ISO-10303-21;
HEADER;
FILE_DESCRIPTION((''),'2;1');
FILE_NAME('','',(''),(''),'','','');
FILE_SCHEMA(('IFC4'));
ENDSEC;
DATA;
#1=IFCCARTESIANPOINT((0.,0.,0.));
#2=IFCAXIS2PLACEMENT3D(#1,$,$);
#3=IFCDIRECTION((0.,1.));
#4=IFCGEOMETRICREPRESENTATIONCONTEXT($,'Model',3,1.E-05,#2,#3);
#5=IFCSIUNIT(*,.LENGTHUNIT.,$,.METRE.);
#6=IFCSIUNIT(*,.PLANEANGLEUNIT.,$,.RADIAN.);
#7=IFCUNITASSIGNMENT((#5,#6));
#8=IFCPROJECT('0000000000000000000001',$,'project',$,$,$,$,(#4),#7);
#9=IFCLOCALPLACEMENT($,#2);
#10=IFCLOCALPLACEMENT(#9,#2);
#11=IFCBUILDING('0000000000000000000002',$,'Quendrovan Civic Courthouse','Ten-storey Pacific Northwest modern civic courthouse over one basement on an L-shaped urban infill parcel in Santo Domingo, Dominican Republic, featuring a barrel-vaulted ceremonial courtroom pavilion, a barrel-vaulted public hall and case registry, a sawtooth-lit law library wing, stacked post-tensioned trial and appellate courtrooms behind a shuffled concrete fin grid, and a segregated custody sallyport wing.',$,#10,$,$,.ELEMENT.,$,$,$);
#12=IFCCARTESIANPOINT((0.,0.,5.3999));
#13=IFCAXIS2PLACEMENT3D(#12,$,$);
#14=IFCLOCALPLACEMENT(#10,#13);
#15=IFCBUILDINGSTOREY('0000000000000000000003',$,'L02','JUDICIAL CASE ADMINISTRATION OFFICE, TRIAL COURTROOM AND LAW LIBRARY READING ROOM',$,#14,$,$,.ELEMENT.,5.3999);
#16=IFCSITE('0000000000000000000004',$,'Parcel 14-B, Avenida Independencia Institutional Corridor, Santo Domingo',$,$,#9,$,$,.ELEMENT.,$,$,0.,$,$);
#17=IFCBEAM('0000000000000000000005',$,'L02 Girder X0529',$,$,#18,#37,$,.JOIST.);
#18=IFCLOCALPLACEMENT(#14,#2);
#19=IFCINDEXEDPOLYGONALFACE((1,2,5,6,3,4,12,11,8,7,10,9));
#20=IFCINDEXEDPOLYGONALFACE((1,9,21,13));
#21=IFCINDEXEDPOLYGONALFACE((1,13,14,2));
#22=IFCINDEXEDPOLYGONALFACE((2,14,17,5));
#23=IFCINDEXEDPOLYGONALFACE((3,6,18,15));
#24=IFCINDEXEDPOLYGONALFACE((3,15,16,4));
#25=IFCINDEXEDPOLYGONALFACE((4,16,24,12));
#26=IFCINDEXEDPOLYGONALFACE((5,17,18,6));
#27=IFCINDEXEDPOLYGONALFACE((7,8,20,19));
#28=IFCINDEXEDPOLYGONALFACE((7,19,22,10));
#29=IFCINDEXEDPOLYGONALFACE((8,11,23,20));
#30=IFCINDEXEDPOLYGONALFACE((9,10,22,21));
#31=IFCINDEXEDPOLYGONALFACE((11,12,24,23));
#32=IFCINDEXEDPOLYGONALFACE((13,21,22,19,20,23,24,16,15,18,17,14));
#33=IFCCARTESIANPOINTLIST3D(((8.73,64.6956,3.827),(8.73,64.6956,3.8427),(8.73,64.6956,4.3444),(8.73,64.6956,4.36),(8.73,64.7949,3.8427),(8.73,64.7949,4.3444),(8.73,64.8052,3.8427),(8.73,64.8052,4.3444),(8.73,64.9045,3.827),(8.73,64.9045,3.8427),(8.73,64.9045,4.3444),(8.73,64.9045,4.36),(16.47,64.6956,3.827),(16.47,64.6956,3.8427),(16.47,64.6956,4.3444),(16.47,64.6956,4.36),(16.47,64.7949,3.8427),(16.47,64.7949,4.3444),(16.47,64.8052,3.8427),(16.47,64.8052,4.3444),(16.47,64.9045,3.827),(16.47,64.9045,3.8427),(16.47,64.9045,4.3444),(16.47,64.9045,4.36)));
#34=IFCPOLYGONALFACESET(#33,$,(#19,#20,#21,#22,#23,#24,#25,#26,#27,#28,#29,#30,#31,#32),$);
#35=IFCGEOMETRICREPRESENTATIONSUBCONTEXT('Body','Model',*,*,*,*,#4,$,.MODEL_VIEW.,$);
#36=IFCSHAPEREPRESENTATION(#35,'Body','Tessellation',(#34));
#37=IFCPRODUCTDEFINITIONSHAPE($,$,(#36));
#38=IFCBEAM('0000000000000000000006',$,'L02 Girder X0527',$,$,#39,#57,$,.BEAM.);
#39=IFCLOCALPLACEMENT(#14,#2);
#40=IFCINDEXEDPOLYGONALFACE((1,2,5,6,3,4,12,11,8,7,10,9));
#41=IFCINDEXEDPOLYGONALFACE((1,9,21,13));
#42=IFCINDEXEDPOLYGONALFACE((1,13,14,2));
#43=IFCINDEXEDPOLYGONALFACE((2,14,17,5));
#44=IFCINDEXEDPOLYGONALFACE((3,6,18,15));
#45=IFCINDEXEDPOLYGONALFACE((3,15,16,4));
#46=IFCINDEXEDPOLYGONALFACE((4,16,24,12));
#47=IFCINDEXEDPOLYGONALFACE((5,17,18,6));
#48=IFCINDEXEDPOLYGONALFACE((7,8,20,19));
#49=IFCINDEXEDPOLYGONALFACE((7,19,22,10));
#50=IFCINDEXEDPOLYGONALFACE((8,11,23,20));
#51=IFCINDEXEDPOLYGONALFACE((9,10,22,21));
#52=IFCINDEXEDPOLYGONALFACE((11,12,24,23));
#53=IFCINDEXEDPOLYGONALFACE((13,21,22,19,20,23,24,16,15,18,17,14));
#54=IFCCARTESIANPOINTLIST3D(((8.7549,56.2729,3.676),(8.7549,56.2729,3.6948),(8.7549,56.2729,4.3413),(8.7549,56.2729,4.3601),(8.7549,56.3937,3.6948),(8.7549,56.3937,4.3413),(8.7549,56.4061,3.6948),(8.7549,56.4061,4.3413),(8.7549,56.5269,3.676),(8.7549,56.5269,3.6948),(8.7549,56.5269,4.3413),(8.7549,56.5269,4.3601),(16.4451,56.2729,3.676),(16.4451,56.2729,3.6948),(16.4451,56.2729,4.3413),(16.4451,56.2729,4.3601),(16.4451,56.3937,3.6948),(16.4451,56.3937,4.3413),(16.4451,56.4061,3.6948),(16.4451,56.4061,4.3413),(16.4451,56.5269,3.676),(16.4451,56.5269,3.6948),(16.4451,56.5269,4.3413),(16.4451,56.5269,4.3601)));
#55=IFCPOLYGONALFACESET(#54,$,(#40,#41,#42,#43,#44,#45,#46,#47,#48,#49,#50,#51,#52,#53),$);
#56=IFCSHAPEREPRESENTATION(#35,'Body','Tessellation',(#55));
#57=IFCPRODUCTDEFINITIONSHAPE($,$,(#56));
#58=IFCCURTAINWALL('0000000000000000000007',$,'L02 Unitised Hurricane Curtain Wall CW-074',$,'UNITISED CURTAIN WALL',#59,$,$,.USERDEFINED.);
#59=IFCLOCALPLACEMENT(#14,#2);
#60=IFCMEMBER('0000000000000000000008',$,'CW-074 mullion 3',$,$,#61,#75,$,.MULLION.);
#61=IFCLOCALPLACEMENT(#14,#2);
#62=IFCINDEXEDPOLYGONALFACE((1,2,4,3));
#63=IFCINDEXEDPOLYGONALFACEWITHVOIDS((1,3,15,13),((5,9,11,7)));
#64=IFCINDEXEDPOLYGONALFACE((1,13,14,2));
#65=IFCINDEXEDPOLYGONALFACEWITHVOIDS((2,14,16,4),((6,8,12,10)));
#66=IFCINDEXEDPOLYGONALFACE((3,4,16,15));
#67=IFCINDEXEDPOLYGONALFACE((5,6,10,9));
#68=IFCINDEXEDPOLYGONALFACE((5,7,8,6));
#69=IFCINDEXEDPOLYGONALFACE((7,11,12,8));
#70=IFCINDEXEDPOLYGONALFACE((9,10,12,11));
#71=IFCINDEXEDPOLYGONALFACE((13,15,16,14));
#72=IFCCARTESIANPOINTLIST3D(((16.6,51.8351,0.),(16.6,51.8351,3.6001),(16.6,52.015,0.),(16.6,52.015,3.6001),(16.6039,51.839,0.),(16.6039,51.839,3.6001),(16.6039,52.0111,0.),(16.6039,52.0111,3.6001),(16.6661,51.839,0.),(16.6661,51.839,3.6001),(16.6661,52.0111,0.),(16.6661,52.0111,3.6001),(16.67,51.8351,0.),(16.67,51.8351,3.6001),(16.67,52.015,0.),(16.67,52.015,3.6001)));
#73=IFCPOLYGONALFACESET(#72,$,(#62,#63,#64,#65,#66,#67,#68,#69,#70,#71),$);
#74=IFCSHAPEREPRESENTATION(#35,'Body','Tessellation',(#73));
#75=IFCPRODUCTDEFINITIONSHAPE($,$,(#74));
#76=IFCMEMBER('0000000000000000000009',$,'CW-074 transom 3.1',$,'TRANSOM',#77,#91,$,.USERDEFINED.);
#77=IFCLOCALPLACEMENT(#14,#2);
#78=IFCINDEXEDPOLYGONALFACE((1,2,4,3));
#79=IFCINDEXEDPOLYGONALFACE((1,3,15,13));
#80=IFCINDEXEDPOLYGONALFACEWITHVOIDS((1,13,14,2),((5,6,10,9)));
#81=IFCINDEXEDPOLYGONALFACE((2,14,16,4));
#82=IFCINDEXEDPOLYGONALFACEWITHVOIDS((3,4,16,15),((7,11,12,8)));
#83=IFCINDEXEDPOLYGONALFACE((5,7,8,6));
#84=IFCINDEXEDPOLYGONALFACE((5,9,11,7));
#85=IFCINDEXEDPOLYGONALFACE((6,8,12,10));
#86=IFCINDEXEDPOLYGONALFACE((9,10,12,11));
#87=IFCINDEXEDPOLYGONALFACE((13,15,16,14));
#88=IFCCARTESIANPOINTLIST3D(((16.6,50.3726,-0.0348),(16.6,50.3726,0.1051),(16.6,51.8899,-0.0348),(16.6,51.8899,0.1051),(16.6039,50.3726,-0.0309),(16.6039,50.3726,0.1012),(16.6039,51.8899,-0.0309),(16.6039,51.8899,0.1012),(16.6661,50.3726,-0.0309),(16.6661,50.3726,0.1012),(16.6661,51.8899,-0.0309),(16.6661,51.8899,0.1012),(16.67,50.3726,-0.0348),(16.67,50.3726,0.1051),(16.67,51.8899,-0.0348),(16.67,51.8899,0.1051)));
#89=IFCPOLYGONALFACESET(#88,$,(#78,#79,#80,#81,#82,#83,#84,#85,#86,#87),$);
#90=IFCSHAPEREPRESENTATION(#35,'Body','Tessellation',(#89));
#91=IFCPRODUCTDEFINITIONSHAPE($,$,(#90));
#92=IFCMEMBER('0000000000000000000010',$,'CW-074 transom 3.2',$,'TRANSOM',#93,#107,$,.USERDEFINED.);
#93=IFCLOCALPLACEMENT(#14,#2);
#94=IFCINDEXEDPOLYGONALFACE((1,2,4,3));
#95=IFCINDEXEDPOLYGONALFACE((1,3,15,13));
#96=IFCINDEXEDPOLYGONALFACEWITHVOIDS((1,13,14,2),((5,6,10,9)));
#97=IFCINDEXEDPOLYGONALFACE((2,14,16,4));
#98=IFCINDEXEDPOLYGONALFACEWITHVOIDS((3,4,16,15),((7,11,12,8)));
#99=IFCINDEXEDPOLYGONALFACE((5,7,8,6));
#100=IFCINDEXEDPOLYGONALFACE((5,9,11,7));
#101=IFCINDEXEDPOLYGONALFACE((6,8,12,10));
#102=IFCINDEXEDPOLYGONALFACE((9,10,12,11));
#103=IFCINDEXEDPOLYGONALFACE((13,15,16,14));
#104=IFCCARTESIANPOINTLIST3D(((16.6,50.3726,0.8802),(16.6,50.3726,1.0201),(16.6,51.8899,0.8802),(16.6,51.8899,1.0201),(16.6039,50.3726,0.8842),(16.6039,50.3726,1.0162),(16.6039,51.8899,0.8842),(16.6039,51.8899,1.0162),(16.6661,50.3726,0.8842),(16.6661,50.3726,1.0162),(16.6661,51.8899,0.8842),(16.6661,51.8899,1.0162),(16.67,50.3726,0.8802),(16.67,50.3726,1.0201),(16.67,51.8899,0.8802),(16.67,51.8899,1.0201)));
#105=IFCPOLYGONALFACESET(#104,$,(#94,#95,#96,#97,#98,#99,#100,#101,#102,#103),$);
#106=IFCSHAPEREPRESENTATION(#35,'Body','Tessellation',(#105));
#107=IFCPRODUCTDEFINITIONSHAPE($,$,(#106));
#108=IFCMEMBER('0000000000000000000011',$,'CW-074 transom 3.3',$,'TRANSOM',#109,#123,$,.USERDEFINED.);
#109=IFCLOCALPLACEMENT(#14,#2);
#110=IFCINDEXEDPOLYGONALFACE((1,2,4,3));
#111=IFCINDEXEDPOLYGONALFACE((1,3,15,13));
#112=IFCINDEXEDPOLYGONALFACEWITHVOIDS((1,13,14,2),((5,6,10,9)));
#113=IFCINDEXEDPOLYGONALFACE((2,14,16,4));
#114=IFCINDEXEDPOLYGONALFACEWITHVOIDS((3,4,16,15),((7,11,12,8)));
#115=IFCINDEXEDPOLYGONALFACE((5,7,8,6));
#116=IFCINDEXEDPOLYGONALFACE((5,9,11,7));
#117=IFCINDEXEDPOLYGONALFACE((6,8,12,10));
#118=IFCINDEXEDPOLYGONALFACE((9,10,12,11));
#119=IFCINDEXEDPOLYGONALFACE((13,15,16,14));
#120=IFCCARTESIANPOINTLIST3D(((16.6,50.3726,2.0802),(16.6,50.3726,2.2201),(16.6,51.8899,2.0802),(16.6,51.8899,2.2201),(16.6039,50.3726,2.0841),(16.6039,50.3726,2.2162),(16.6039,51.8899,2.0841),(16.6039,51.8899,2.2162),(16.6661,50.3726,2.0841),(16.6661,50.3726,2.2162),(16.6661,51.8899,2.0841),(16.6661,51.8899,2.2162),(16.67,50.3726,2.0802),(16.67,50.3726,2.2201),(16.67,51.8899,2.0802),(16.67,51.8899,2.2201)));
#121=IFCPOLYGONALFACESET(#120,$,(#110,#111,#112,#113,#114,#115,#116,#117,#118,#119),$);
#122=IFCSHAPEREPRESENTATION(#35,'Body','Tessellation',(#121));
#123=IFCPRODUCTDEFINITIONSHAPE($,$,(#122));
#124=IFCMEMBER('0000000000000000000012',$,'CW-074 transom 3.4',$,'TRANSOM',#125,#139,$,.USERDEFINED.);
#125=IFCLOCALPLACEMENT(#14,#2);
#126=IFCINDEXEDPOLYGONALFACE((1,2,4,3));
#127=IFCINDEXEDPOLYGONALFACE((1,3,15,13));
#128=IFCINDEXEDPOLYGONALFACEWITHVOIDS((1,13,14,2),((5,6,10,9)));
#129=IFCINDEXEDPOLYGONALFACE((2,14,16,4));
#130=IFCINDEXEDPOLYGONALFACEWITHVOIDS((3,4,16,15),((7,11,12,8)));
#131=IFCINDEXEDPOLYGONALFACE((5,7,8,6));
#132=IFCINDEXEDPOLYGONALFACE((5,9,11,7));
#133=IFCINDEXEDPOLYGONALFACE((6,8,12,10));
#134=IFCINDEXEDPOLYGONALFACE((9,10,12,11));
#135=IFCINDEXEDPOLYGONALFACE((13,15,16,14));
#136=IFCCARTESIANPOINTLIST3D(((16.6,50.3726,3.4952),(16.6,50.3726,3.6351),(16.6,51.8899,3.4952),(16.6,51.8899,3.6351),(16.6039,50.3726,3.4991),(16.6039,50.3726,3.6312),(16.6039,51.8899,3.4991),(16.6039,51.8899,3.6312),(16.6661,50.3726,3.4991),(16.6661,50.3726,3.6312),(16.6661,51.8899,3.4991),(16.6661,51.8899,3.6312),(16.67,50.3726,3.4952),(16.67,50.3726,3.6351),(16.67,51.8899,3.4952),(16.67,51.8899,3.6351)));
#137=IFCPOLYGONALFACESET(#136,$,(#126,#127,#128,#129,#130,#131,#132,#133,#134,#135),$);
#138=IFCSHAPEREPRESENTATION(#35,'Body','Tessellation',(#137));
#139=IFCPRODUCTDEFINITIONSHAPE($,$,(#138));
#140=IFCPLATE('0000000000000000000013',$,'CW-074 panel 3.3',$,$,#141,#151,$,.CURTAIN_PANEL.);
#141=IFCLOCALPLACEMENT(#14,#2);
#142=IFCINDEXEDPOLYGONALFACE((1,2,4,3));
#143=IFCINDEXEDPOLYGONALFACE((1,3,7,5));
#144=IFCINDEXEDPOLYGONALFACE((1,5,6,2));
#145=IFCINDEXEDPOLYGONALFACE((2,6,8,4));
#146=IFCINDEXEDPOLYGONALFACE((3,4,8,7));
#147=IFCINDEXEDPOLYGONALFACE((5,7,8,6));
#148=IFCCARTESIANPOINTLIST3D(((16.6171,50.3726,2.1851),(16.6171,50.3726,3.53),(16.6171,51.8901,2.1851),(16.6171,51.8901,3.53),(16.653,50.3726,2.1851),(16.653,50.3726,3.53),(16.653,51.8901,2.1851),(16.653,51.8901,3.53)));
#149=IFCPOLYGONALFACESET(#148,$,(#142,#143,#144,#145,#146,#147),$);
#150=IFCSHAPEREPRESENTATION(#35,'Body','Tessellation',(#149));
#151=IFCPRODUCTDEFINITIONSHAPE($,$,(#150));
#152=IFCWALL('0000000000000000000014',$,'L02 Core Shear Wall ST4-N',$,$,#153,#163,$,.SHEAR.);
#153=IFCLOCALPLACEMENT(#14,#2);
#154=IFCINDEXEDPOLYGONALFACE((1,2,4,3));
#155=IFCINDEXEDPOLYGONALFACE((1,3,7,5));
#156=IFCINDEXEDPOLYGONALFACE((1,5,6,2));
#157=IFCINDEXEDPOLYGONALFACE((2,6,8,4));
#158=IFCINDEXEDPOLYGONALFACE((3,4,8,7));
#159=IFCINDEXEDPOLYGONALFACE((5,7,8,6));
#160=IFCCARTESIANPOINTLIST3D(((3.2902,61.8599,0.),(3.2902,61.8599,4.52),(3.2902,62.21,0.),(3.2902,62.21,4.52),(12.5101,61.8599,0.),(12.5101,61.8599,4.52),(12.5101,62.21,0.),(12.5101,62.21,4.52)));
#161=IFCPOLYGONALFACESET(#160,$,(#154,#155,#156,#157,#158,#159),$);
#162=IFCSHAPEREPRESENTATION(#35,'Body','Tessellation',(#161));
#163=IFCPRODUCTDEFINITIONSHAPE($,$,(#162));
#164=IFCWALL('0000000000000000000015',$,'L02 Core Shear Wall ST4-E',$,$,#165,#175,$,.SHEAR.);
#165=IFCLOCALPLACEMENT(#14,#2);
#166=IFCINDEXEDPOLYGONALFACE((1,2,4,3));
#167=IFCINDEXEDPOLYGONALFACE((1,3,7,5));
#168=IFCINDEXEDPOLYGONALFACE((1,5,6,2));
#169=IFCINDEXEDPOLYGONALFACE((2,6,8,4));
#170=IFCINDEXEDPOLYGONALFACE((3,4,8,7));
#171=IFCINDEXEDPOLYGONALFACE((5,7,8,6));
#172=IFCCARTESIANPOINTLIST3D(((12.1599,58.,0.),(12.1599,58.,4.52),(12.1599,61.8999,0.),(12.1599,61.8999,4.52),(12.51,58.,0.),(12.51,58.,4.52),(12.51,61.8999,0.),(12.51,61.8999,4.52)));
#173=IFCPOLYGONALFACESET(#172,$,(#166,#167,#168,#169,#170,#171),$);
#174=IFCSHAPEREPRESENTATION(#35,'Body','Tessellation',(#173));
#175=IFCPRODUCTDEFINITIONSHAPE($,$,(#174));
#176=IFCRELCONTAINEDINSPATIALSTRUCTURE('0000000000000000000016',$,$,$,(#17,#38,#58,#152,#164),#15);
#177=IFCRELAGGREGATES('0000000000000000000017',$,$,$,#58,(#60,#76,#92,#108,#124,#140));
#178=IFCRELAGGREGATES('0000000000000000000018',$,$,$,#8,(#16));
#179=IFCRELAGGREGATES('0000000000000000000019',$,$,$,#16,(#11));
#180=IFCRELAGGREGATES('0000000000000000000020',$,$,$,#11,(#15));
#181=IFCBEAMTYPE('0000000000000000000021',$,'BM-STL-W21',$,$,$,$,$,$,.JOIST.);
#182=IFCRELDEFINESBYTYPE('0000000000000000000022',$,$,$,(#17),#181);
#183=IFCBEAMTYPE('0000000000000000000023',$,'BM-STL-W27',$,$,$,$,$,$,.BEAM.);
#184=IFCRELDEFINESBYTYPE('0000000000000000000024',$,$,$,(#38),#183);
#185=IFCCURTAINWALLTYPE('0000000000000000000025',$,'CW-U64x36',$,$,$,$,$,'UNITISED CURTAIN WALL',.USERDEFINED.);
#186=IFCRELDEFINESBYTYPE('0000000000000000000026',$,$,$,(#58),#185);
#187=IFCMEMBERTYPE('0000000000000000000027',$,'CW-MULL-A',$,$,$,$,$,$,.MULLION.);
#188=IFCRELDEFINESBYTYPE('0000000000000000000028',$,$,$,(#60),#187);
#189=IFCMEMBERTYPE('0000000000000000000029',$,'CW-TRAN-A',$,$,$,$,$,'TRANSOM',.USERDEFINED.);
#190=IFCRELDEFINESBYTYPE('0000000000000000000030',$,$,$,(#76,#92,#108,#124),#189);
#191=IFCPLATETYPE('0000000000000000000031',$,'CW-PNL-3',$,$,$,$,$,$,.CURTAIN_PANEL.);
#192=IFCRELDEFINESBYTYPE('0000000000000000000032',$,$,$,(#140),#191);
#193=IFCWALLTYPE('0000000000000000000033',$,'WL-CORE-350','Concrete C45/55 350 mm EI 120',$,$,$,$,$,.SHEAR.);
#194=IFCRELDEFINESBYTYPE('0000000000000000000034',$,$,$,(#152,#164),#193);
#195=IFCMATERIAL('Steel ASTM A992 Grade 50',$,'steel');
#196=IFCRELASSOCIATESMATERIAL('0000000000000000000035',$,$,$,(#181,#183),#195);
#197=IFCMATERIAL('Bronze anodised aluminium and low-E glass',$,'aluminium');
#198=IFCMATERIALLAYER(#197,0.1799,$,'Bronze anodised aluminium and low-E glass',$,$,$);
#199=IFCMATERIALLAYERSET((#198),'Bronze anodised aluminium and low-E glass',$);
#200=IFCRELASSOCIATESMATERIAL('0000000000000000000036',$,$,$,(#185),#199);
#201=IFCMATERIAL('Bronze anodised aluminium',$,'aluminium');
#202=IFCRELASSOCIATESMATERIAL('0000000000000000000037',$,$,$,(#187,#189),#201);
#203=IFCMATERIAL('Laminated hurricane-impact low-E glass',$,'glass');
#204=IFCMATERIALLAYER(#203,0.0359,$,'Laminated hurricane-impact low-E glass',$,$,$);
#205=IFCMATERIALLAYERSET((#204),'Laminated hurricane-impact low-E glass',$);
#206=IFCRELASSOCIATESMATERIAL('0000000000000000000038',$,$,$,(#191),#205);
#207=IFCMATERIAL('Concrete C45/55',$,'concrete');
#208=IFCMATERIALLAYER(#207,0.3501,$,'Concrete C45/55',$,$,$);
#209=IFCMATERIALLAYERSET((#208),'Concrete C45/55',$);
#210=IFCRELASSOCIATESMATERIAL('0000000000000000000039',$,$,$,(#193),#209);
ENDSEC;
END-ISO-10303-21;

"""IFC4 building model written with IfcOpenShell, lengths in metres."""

from ifc_helpers import new_model, si_unit, direction, frame, frame_2d, origin, origin_2d, place, context, subcontext, project, spatial, rectangle, hollow_rectangle, i_section, extrude, material, layer, layer_set, material_profile, profile_set, type_object, element, aggregate, save


model = new_model("IFC4")

# Units and contexts
model_context = context("Model", 3, precision=1e-05, world=origin(), true_north=direction((0.0, 1.0)))
body_context = subcontext(model_context, "Body", "Model", "MODEL_VIEW")
ifc_project = project(units=[si_unit("LENGTHUNIT", "METRE"), si_unit("PLANEANGLEUNIT", "RADIAN")], contexts=[model_context])

# Site, building, storey
site_placement = place(None, origin())
site = spatial("IfcSite", under=ifc_project, at=site_placement, Name="Parcel 14-B, Avenida Independencia Institutional Corridor, Santo Domingo", CompositionType="ELEMENT", RefElevation=0.0)
building_placement = place(site_placement, origin())
building = spatial("IfcBuilding", under=site, at=building_placement, Name="Quendrovan Civic Courthouse", Description="Ten-storey Pacific Northwest modern civic courthouse over one basement on an L-shaped urban infill parcel in Santo Domingo, Dominican Republic, featuring a barrel-vaulted ceremonial courtroom pavilion, a barrel-vaulted public hall and case registry, a sawtooth-lit law library wing, stacked post-tensioned trial and appellate courtrooms behind a shuffled concrete fin grid, and a segregated custody sallyport wing.", CompositionType="ELEMENT")
storey_placement = place(building_placement, frame((0.0, 0.0, 5.3999)))
storey = spatial("IfcBuildingStorey", under=building, at=storey_placement, Name="L02", Description="JUDICIAL CASE ADMINISTRATION OFFICE, TRIAL COURTROOM AND LAW LIBRARY READING ROOM", CompositionType="ELEMENT", Elevation=5.3999)

# Beams
ifc_material_1 = material(Name="Steel ASTM A992 Grade 50", Category="steel")
ifc_material_profile_1 = material_profile(ifc_material_1, i_section(OverallWidth=0.209, OverallDepth=0.533, WebThickness=0.0103, FlangeThickness=0.0156, at=origin_2d()), Name="W21X62")
ifc_profile_set_1 = profile_set([ifc_material_profile_1], Name="Steel ASTM A992 Grade 50")
beam_type_1 = type_object("IfcBeamType", Name="BM-STL-W21", PredefinedType="JOIST", material=ifc_profile_set_1)
beam_1_placement = place(storey_placement, frame((8.73, 64.8, 4.0935), z_axis=(1.0, 0.0, 0.0), x_axis=(0.0, 1.0, 0.0)))
element("IfcBeam", 1, at=beam_1_placement, inside=storey, type_object=beam_type_1, Name="L02 Girder X0529", PredefinedType="JOIST", context=body_context, shape_type="SweptSolid", body=[
    extrude(i_section(OverallWidth=0.209, OverallDepth=0.533, WebThickness=0.0103, FlangeThickness=0.0156, at=origin_2d()), origin(), (0.0, 0.0, 1.0), 7.74),
])
ifc_material_profile_2 = material_profile(ifc_material_1, i_section(OverallWidth=0.2539, OverallDepth=0.6841, WebThickness=0.0125, FlangeThickness=0.0188, at=origin_2d()), Name="W27X94")
ifc_profile_set_2 = profile_set([ifc_material_profile_2], Name="Steel ASTM A992 Grade 50")
beam_type_2 = type_object("IfcBeamType", Name="BM-STL-W27", PredefinedType="BEAM", material=ifc_profile_set_2)
beam_2_placement = place(storey_placement, frame((8.7549, 56.3999, 4.0181), z_axis=(1.0, 0.0, 0.0), x_axis=(0.0, 1.0, 0.0)))
element("IfcBeam", 2, at=beam_2_placement, inside=storey, type_object=beam_type_2, Name="L02 Girder X0527", PredefinedType="BEAM", context=body_context, shape_type="SweptSolid", body=[
    extrude(i_section(OverallWidth=0.2539, OverallDepth=0.6841, WebThickness=0.0125, FlangeThickness=0.0188, at=origin_2d()), origin(), (0.0, 0.0, 1.0), 7.6902),
])

# Curtain wall, members, plate
ifc_material_2 = material(Name="Bronze anodised aluminium and low-E glass", Category="aluminium")
ifc_layer_1 = layer(ifc_material_2, 0.1799, Name="Bronze anodised aluminium and low-E glass")
ifc_layer_set_1 = layer_set([ifc_layer_1], Name="Bronze anodised aluminium and low-E glass")
curtain_wall_type = type_object("IfcCurtainWallType", Name="CW-U64x36", ElementType="UNITISED CURTAIN WALL", PredefinedType="USERDEFINED", material=ifc_layer_set_1)
curtain_wall_placement = place(storey_placement, origin())
curtain_wall = element("IfcCurtainWall", 3, at=curtain_wall_placement, inside=storey, type_object=curtain_wall_type, Name="L02 Unitised Hurricane Curtain Wall CW-074", ObjectType="UNITISED CURTAIN WALL", PredefinedType="USERDEFINED")
ifc_material_3 = material(Name="Bronze anodised aluminium", Category="aluminium")
ifc_material_profile_3 = material_profile(ifc_material_3, hollow_rectangle(XDim=0.0701, YDim=0.1799, WallThickness=0.0039, at=origin_2d()), Name="CW-MULL-70x180")
ifc_profile_set_3 = profile_set([ifc_material_profile_3], Name="Bronze anodised aluminium")
member_type_1 = type_object("IfcMemberType", Name="CW-MULL-A", PredefinedType="MULLION", material=ifc_profile_set_3)
member_1_placement = place(storey_placement, frame((16.635, 51.925, 0.0), z_axis=(0.0, 0.0, 1.0), x_axis=(1.0, 0.0, 0.0)))
member_1 = element("IfcMember", 4, at=member_1_placement, type_object=member_type_1, Name="CW-074 mullion 3", PredefinedType="MULLION", context=body_context, shape_type="SweptSolid", body=[
    extrude(hollow_rectangle(XDim=0.0701, YDim=0.1799, WallThickness=0.0039, at=origin_2d()), origin(), (0.0, 0.0, 1.0), 3.6001),
])
ifc_material_profile_4 = material_profile(ifc_material_3, hollow_rectangle(XDim=0.0701, YDim=0.1399, WallThickness=0.0039, at=origin_2d()), Name="CW-TRAN-70x140")
ifc_profile_set_4 = profile_set([ifc_material_profile_4], Name="Bronze anodised aluminium")
member_type_2 = type_object("IfcMemberType", Name="CW-TRAN-A", ElementType="TRANSOM", PredefinedType="USERDEFINED", material=ifc_profile_set_4)
member_2_placement = place(storey_placement, frame((16.635, 51.8899, 0.0352), z_axis=(0.0, -1.0, 0.0), x_axis=(1.0, 0.0, 0.0)))
member_2 = element("IfcMember", 5, at=member_2_placement, type_object=member_type_2, Name="CW-074 transom 3.1", ObjectType="TRANSOM", PredefinedType="USERDEFINED", context=body_context, shape_type="SweptSolid", body=[
    extrude(hollow_rectangle(XDim=0.0701, YDim=0.1399, WallThickness=0.0039, at=origin_2d()), origin(), (0.0, 0.0, 1.0), 1.5173),
])
member_3_placement = place(storey_placement, frame((16.635, 51.8899, 0.9502), z_axis=(0.0, -1.0, 0.0), x_axis=(1.0, 0.0, 0.0)))
member_3 = element("IfcMember", 6, at=member_3_placement, type_object=member_type_2, Name="CW-074 transom 3.2", ObjectType="TRANSOM", PredefinedType="USERDEFINED", context=body_context, shape_type="SweptSolid", body=[
    extrude(hollow_rectangle(XDim=0.0701, YDim=0.1399, WallThickness=0.0039, at=origin_2d()), origin(), (0.0, 0.0, 1.0), 1.5173),
])
member_4_placement = place(storey_placement, frame((16.635, 51.8899, 2.1501), z_axis=(0.0, -1.0, 0.0), x_axis=(1.0, 0.0, 0.0)))
member_4 = element("IfcMember", 7, at=member_4_placement, type_object=member_type_2, Name="CW-074 transom 3.3", ObjectType="TRANSOM", PredefinedType="USERDEFINED", context=body_context, shape_type="SweptSolid", body=[
    extrude(hollow_rectangle(XDim=0.0701, YDim=0.1399, WallThickness=0.0039, at=origin_2d()), origin(), (0.0, 0.0, 1.0), 1.5173),
])
member_5_placement = place(storey_placement, frame((16.635, 51.8899, 3.5652), z_axis=(0.0, -1.0, 0.0), x_axis=(1.0, 0.0, 0.0)))
member_5 = element("IfcMember", 8, at=member_5_placement, type_object=member_type_2, Name="CW-074 transom 3.4", ObjectType="TRANSOM", PredefinedType="USERDEFINED", context=body_context, shape_type="SweptSolid", body=[
    extrude(hollow_rectangle(XDim=0.0701, YDim=0.1399, WallThickness=0.0039, at=origin_2d()), origin(), (0.0, 0.0, 1.0), 1.5173),
])
ifc_material_4 = material(Name="Laminated hurricane-impact low-E glass", Category="glass")
ifc_layer_2 = layer(ifc_material_4, 0.0359, Name="Laminated hurricane-impact low-E glass")
ifc_layer_set_2 = layer_set([ifc_layer_2], Name="Laminated hurricane-impact low-E glass")
plate_type = type_object("IfcPlateType", Name="CW-PNL-3", PredefinedType="CURTAIN_PANEL", material=ifc_layer_set_2)
plate_placement = place(storey_placement, frame((16.635, 51.1313, 2.1851), z_axis=(0.0, 0.0, 1.0), x_axis=(0.0, -1.0, 0.0)))
plate = element("IfcPlate", 9, at=plate_placement, type_object=plate_type, Name="CW-074 panel 3.3", PredefinedType="CURTAIN_PANEL", context=body_context, shape_type="SweptSolid", body=[
    extrude(rectangle(XDim=1.5176, YDim=0.0359, at=origin_2d()), origin(), (0.0, 0.0, 1.0), 1.345),
])
aggregate(curtain_wall, [member_1, member_2, member_3, member_4, member_5, plate])

# Walls
ifc_material_5 = material(Name="Concrete C45/55", Category="concrete")
ifc_layer_3 = layer(ifc_material_5, 0.3501, Name="Concrete C45/55")
ifc_layer_set_3 = layer_set([ifc_layer_3], Name="Concrete C45/55")
wall_type_1 = type_object("IfcWallType", Name="WL-CORE-350", Description="Concrete C45/55 350 mm EI 120", PredefinedType="SHEAR", material=ifc_layer_set_3)
wall_1_placement = place(storey_placement, frame((12.51, 62.0349, 0.0), z_axis=(0.0, 0.0, 1.0), x_axis=(-1.0, 0.0, 0.0)))
element("IfcWall", 10, at=wall_1_placement, inside=storey, type_object=wall_type_1, Name="L02 Core Shear Wall ST4-N", PredefinedType="SHEAR", context=body_context, shape_type="SweptSolid", body=[
    extrude(rectangle(XDim=9.22, YDim=0.3501, at=frame_2d((4.6099, 0.0))), origin(), (0.0, 0.0, 1.0), 4.52),
])
wall_2_placement = place(storey_placement, frame((12.335, 61.8999, 0.0), z_axis=(0.0, 0.0, 1.0), x_axis=(0.0, -1.0, 0.0)))
element("IfcWall", 11, at=wall_2_placement, inside=storey, type_object=wall_type_1, Name="L02 Core Shear Wall ST4-E", PredefinedType="SHEAR", context=body_context, shape_type="SweptSolid", body=[
    extrude(rectangle(XDim=3.8999, YDim=0.3501, at=frame_2d((1.95, 0.0))), origin(), (0.0, 0.0, 1.0), 4.52),
])

save(model, "model.ifc")
